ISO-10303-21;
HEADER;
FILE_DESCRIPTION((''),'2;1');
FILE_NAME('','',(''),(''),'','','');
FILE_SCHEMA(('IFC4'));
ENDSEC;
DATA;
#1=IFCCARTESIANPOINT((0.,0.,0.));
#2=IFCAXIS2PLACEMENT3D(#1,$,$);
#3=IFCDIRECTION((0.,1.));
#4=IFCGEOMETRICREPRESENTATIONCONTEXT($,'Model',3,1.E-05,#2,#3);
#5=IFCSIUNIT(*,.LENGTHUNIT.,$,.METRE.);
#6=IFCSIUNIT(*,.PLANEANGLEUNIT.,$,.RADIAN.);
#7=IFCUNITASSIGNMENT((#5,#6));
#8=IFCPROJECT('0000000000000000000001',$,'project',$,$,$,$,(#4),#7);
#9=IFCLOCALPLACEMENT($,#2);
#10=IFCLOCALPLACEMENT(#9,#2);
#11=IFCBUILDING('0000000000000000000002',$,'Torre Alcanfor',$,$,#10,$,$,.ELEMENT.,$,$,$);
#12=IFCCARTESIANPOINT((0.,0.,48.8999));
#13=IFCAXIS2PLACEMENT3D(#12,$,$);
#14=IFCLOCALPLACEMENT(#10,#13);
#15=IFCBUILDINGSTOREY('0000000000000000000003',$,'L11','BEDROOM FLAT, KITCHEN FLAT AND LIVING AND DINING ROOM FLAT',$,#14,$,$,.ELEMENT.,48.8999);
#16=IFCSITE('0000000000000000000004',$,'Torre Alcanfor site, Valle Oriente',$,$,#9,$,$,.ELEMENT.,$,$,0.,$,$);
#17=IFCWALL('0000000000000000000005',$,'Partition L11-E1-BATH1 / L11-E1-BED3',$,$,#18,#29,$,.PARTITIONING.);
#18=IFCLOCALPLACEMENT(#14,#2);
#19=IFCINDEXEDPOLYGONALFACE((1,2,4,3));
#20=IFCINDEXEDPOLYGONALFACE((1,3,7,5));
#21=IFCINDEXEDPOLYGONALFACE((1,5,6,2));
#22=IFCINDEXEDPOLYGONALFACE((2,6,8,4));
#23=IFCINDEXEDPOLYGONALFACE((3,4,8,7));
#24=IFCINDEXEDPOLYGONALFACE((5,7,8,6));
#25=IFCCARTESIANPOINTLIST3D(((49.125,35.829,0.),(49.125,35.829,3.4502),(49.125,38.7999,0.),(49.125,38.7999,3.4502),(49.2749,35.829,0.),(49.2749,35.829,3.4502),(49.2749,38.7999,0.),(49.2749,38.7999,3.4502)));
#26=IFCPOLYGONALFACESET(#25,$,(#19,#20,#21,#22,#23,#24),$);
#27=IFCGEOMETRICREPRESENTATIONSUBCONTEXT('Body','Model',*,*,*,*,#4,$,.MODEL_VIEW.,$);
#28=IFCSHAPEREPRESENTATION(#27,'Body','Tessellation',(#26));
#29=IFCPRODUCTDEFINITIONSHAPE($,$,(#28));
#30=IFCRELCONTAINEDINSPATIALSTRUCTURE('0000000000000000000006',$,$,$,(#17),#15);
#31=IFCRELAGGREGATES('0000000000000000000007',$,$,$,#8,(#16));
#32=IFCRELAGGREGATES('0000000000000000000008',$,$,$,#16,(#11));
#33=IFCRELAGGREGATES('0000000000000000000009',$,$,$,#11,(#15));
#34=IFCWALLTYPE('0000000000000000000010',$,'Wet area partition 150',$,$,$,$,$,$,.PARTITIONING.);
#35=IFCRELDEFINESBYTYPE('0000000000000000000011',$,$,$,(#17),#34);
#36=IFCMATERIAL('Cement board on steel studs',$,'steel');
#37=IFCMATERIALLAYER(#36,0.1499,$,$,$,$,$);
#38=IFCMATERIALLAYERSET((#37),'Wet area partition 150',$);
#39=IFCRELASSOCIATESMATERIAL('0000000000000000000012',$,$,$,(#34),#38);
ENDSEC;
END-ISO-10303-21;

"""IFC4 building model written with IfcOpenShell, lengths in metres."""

from ifc_helpers import new_model, si_unit, direction, frame, frame_2d, origin, place, context, subcontext, project, spatial, rectangle, extrude, material, layer, layer_set, type_object, element, save


model = new_model("IFC4")

# Units and contexts
model_context = context("Model", 3, precision=1e-05, world=origin(), true_north=direction((0.0, 1.0)))
body_context = subcontext(model_context, "Body", "Model", "MODEL_VIEW")
ifc_project = project(units=[si_unit("LENGTHUNIT", "METRE"), si_unit("PLANEANGLEUNIT", "RADIAN")], contexts=[model_context])

# Site, building, storey
site_placement = place(None, origin())
site = spatial("IfcSite", under=ifc_project, at=site_placement, Name="Torre Alcanfor site, Valle Oriente", CompositionType="ELEMENT", RefElevation=0.0)
building_placement = place(site_placement, origin())
building = spatial("IfcBuilding", under=site, at=building_placement, Name="Torre Alcanfor", CompositionType="ELEMENT")
storey_placement = place(building_placement, frame((0.0, 0.0, 48.8999)))
storey = spatial("IfcBuildingStorey", under=building, at=storey_placement, Name="L11", Description="BEDROOM FLAT, KITCHEN FLAT AND LIVING AND DINING ROOM FLAT", CompositionType="ELEMENT", Elevation=48.8999)

# Shared definitions
ifc_material_1 = material(Name="Cement board on steel studs", Category="steel")
ifc_layer_1 = layer(ifc_material_1, 0.1499)
ifc_layer_set_1 = layer_set([ifc_layer_1], Name="Wet area partition 150")
wall_type_1 = type_object("IfcWallType", Name="Wet area partition 150", PredefinedType="PARTITIONING", material=ifc_layer_set_1)

# Wall
for number, where, z_axis, x_axis, name in (
    (1, (49.2, 35.8291, 0.0), (0.0, 0.0, 1.0), (0.0, 1.0, 0.0), "Partition L11-E1-BATH1 / L11-E1-BED3"),
):
    element("IfcWall", number, at=place(storey_placement, frame(where, z_axis=z_axis, x_axis=x_axis)), inside=storey, type_object=wall_type_1, Name=name, PredefinedType="PARTITIONING", context=body_context, shape_type="SweptSolid", body=[
        extrude(rectangle(XDim=2.9709, YDim=0.1499, at=frame_2d((1.4854, 0.0))), origin(), (0.0, 0.0, 1.0), 3.4502),
    ])

save(model, "model.ifc")
